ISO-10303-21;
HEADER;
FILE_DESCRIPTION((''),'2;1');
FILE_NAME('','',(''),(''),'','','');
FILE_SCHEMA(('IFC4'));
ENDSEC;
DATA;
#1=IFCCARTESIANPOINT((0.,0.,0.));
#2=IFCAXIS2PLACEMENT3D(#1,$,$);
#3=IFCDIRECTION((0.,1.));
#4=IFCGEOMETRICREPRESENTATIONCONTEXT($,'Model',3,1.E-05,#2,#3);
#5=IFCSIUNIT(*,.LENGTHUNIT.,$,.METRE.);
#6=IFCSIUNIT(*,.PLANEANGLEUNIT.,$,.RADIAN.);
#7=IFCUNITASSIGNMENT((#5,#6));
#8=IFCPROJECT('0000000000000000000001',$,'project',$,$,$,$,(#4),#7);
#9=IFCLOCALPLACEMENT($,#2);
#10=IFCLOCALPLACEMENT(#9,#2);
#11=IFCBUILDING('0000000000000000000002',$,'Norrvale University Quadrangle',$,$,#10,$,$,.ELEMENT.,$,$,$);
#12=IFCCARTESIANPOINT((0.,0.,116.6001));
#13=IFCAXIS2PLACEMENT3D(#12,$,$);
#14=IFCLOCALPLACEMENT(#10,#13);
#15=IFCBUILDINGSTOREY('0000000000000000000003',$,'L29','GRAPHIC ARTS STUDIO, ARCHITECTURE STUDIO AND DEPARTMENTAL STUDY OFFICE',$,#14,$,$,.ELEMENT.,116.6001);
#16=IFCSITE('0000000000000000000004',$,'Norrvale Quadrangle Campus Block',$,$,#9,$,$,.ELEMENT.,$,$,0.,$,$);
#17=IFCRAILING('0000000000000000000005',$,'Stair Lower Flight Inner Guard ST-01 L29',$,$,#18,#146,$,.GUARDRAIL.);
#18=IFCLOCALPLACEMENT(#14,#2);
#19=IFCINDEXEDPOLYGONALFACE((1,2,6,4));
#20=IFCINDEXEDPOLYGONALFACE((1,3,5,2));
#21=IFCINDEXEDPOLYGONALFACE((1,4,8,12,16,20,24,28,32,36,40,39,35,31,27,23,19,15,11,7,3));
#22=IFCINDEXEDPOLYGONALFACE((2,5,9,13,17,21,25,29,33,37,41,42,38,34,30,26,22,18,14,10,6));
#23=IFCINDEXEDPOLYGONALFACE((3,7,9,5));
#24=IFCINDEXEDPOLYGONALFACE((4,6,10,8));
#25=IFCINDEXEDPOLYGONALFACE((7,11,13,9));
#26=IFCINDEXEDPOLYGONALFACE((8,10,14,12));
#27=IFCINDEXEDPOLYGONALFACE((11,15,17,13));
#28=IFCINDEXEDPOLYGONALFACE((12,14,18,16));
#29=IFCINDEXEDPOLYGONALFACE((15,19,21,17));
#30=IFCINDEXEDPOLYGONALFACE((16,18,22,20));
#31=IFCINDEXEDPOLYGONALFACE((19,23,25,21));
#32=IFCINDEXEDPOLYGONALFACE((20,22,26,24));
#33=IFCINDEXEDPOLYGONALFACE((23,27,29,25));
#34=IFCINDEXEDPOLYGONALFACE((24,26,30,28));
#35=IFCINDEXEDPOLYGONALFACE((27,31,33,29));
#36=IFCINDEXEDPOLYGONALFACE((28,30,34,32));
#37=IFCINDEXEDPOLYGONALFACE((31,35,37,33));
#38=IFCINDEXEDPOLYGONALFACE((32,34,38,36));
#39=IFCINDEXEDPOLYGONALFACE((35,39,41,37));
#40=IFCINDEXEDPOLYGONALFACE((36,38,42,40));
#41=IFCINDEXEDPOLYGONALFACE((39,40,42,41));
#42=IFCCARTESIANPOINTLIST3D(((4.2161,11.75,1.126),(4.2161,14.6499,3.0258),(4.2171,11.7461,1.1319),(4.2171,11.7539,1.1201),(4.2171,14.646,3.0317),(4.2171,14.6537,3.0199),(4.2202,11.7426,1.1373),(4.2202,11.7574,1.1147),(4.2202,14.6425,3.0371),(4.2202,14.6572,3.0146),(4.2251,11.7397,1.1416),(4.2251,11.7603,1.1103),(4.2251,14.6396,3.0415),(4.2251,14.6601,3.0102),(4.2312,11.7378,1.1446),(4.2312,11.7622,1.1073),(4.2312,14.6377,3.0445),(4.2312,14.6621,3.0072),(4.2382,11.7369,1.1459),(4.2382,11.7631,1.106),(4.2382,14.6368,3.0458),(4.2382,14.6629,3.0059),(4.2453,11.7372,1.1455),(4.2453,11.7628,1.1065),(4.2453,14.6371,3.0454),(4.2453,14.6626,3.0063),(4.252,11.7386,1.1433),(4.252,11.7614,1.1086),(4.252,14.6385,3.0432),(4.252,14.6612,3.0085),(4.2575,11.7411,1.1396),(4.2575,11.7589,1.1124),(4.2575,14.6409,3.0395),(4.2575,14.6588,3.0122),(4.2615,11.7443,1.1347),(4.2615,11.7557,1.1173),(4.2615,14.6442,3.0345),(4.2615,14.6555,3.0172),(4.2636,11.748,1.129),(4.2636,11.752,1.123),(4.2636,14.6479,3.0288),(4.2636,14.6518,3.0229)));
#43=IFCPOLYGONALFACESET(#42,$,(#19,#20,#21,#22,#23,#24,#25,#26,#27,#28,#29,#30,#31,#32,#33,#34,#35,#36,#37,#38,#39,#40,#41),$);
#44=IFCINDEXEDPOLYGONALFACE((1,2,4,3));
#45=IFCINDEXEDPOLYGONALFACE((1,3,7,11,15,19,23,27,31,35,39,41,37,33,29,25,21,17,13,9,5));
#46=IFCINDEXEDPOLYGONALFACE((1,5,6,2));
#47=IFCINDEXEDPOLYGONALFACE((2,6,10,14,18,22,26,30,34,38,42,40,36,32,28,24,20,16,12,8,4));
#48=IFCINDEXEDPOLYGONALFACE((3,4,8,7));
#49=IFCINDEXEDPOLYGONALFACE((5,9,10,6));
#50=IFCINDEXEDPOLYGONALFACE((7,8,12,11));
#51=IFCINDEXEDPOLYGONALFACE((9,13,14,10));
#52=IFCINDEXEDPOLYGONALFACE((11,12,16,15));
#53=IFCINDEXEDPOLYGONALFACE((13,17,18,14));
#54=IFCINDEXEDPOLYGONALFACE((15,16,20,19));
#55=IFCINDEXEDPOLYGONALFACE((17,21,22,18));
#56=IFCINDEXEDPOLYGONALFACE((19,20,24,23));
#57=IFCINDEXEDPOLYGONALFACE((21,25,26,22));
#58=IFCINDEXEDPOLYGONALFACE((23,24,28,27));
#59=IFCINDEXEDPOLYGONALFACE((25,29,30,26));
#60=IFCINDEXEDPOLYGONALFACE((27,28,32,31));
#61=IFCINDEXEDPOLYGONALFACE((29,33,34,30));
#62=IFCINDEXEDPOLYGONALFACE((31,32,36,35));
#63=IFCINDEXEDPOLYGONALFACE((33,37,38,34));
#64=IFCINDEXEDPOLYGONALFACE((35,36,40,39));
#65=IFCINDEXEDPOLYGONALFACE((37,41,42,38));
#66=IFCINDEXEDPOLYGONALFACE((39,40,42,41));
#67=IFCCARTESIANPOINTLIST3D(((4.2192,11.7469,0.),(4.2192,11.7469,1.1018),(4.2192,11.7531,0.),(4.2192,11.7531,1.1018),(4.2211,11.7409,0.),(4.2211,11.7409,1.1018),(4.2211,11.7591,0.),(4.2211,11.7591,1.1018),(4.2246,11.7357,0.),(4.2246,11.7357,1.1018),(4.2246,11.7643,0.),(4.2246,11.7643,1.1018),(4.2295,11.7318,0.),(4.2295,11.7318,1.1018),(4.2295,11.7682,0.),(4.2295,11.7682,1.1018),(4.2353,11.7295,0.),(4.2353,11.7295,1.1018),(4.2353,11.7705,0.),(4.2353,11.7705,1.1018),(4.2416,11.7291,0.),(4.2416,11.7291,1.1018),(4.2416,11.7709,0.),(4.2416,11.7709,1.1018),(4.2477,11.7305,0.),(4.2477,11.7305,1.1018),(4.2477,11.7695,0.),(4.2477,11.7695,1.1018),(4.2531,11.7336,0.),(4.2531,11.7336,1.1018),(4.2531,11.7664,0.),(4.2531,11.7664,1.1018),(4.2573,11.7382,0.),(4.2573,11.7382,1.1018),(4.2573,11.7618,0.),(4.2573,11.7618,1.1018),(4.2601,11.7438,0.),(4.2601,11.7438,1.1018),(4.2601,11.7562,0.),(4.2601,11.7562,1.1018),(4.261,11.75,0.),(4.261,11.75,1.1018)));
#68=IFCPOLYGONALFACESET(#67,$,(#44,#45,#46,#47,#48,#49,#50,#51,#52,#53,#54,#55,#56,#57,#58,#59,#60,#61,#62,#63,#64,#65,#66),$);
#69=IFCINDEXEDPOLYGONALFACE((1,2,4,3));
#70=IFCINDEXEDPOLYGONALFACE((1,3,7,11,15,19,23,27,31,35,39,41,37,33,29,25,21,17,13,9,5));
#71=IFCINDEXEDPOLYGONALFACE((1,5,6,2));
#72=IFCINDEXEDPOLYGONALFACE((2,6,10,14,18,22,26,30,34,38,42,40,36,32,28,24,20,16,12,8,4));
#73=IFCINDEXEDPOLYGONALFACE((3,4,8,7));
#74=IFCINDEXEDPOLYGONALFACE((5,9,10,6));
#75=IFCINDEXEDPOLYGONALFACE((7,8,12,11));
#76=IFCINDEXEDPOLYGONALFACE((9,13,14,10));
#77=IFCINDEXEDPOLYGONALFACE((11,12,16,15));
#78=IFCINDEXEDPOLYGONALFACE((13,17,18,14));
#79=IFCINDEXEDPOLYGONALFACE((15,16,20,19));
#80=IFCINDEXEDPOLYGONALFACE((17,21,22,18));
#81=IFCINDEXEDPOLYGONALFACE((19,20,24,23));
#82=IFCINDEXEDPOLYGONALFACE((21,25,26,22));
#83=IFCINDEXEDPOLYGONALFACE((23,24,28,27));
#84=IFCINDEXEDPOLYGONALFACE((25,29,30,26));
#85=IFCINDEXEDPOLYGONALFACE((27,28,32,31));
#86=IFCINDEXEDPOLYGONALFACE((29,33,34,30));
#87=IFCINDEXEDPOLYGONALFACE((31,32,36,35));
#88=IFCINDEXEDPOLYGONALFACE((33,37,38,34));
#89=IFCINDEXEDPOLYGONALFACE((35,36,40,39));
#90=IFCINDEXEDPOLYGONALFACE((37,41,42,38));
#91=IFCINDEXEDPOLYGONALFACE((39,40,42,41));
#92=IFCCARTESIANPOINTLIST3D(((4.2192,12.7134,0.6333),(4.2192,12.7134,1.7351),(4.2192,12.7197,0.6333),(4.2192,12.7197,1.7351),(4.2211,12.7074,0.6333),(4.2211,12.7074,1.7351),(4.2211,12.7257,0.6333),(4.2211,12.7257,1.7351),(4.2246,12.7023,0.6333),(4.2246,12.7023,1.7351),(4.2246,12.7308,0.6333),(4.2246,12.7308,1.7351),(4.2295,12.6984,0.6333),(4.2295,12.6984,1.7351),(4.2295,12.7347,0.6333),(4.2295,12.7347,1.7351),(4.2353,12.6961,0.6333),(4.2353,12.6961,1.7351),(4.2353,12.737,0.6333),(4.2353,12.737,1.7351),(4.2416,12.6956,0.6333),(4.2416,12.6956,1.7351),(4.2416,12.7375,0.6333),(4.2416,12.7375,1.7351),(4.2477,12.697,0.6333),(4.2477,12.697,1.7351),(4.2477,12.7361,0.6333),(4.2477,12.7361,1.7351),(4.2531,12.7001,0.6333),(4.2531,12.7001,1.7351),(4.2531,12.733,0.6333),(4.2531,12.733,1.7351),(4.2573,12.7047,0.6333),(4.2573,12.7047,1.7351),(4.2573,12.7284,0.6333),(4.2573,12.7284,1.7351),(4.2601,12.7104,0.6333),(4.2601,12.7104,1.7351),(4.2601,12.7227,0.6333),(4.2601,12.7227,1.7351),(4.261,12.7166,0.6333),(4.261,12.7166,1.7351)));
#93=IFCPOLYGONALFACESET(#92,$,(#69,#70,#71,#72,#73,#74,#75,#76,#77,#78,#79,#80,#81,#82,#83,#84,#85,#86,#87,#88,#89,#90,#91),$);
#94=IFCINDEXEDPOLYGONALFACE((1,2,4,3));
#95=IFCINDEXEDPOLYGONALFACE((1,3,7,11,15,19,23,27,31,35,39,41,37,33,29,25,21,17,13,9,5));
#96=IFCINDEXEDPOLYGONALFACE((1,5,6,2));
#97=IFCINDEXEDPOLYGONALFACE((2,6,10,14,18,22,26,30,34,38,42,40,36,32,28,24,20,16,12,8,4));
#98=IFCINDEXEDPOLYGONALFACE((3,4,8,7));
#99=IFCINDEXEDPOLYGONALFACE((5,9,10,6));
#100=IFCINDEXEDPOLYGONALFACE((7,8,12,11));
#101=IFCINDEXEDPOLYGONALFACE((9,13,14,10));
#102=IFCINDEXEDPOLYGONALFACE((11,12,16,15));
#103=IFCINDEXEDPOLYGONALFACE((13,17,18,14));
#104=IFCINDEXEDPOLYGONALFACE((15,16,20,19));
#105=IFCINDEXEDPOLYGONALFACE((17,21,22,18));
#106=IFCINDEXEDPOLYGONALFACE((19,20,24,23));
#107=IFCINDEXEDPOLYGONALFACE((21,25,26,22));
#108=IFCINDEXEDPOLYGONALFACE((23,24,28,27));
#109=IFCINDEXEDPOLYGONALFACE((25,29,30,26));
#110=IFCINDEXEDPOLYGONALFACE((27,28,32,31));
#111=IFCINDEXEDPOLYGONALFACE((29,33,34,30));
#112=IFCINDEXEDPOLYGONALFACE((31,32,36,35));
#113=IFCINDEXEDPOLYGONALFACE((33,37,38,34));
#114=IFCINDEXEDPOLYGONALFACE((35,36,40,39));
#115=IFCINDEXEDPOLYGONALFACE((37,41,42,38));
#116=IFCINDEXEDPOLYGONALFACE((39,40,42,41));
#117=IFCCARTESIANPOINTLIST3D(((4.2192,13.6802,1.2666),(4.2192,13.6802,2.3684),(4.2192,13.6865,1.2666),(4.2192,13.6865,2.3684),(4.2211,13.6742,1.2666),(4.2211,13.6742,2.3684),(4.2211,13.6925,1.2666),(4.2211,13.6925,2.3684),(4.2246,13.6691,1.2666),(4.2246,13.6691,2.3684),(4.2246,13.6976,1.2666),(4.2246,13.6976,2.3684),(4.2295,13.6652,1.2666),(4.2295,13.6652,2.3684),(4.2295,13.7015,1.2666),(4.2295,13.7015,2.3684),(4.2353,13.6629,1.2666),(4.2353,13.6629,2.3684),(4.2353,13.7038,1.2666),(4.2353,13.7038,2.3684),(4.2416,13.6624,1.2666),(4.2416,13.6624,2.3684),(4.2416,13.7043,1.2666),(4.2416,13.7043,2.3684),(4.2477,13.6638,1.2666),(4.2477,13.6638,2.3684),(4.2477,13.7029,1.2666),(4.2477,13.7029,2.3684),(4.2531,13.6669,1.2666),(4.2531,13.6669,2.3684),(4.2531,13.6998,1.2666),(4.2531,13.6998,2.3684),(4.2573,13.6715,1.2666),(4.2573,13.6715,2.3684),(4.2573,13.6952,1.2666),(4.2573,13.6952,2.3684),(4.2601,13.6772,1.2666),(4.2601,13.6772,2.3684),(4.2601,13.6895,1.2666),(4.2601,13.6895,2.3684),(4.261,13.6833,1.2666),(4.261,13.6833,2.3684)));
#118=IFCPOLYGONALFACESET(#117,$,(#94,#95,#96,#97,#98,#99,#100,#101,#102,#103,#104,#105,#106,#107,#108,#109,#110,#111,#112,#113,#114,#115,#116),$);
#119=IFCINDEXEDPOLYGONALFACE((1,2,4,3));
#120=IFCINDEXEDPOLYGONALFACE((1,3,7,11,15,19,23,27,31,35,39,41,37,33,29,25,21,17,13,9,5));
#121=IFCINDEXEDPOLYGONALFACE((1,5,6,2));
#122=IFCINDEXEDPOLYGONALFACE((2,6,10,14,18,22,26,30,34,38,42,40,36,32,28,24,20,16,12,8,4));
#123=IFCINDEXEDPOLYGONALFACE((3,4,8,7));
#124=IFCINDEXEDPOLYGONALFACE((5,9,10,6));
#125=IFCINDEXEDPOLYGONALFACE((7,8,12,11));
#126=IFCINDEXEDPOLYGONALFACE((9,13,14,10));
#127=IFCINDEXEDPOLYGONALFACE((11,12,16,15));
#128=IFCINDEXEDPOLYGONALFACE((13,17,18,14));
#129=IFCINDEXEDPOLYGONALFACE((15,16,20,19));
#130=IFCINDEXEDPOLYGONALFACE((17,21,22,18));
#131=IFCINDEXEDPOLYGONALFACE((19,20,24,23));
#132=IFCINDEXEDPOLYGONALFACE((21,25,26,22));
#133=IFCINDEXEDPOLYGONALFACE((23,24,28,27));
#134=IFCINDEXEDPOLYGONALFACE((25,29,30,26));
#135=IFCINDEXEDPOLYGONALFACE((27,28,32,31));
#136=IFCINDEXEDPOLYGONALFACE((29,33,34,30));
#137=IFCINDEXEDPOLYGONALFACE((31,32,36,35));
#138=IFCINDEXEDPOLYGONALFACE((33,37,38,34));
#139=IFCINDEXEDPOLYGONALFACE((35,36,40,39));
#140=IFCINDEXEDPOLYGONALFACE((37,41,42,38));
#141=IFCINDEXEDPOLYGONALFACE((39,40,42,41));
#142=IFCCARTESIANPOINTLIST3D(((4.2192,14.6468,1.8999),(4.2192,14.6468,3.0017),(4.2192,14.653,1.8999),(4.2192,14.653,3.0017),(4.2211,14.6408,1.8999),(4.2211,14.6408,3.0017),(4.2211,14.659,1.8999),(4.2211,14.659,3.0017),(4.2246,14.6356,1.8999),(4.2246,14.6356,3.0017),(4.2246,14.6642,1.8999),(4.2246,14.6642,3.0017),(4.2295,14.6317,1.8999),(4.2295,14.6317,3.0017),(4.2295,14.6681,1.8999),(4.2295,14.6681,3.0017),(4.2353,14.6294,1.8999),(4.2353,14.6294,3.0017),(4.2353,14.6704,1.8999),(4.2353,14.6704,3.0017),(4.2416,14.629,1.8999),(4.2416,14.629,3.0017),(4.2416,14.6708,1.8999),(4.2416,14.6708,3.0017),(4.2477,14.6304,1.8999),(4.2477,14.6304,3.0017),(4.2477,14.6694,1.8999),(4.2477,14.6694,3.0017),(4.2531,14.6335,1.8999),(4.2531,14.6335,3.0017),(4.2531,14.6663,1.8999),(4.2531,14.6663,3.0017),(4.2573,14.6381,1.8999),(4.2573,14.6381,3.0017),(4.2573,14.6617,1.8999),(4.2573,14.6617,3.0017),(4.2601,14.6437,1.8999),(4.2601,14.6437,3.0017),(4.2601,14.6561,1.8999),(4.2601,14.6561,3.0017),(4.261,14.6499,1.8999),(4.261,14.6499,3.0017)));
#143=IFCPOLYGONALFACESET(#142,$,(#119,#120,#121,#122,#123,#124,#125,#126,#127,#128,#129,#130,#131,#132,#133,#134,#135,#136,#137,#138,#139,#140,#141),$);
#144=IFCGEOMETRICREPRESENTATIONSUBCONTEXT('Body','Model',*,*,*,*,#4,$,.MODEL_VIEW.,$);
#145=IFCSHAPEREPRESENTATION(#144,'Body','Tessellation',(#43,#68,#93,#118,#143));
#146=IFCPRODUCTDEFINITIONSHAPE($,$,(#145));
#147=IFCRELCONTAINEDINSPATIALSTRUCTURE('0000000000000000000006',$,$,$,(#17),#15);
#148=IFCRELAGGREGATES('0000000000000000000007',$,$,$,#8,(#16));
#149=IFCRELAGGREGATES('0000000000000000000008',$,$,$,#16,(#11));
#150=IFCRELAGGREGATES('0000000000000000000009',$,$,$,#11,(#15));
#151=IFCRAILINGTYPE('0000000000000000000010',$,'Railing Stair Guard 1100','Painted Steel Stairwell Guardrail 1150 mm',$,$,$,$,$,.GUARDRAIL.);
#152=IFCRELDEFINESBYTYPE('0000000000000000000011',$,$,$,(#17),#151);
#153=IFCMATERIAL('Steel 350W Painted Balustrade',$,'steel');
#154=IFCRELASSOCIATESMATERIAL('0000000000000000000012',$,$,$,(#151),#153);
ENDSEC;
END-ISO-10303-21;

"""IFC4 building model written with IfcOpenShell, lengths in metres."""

from ifc_helpers import new_model, si_unit, direction, frame, origin, origin_2d, place, context, subcontext, project, spatial, circle, extrude, material, type_object, element, save


model = new_model("IFC4")

# Units and contexts
model_context = context("Model", 3, precision=1e-05, world=origin(), true_north=direction((0.0, 1.0)))
body_context = subcontext(model_context, "Body", "Model", "MODEL_VIEW")
ifc_project = project(units=[si_unit("LENGTHUNIT", "METRE"), si_unit("PLANEANGLEUNIT", "RADIAN")], contexts=[model_context])

# Site, building, storey
site_placement = place(None, origin())
site = spatial("IfcSite", under=ifc_project, at=site_placement, Name="Norrvale Quadrangle Campus Block", CompositionType="ELEMENT", RefElevation=0.0)
building_placement = place(site_placement, origin())
building = spatial("IfcBuilding", under=site, at=building_placement, Name="Norrvale University Quadrangle", CompositionType="ELEMENT")
storey_placement = place(building_placement, frame((0.0, 0.0, 116.6001)))
storey = spatial("IfcBuildingStorey", under=building, at=storey_placement, Name="L29", Description="GRAPHIC ARTS STUDIO, ARCHITECTURE STUDIO AND DEPARTMENTAL STUDY OFFICE", CompositionType="ELEMENT", Elevation=116.6001)

# Railing
ifc_material_1 = material(Name="Steel 350W Painted Balustrade", Category="steel")
railing_type_1 = type_object("IfcRailingType", Name="Railing Stair Guard 1100", Description="Painted Steel Stairwell Guardrail 1150 mm", PredefinedType="GUARDRAIL", material=ifc_material_1)
railing_1_placement = place(storey_placement, frame((4.24, 11.75, 0.0)))
element("IfcRailing", 1, at=railing_1_placement, inside=storey, type_object=railing_type_1, Name="Stair Lower Flight Inner Guard ST-01 L29", PredefinedType="GUARDRAIL", context=body_context, shape_type="SweptSolid", body=[
    extrude(circle(Radius=0.0239, at=origin_2d()), frame((0.0, 0.0, 1.126), z_axis=(0.0, 0.836466, 0.548019), x_axis=(-1.0, 0.0, 0.0)), (0.0, 0.0, 1.0), 3.4668),
    extrude(circle(Radius=0.021, at=origin_2d()), origin(), (0.0, 0.0, 1.0), 1.1018),
    extrude(circle(Radius=0.021, at=origin_2d()), frame((0.0, 0.9666, 0.6333)), (0.0, 0.0, 1.0), 1.1018),
    extrude(circle(Radius=0.021, at=origin_2d()), frame((0.0, 1.9333, 1.2666)), (0.0, 0.0, 1.0), 1.1018),
    extrude(circle(Radius=0.021, at=origin_2d()), frame((0.0, 2.8999, 1.8999)), (0.0, 0.0, 1.0), 1.1018),
])

save(model, "model.ifc")
